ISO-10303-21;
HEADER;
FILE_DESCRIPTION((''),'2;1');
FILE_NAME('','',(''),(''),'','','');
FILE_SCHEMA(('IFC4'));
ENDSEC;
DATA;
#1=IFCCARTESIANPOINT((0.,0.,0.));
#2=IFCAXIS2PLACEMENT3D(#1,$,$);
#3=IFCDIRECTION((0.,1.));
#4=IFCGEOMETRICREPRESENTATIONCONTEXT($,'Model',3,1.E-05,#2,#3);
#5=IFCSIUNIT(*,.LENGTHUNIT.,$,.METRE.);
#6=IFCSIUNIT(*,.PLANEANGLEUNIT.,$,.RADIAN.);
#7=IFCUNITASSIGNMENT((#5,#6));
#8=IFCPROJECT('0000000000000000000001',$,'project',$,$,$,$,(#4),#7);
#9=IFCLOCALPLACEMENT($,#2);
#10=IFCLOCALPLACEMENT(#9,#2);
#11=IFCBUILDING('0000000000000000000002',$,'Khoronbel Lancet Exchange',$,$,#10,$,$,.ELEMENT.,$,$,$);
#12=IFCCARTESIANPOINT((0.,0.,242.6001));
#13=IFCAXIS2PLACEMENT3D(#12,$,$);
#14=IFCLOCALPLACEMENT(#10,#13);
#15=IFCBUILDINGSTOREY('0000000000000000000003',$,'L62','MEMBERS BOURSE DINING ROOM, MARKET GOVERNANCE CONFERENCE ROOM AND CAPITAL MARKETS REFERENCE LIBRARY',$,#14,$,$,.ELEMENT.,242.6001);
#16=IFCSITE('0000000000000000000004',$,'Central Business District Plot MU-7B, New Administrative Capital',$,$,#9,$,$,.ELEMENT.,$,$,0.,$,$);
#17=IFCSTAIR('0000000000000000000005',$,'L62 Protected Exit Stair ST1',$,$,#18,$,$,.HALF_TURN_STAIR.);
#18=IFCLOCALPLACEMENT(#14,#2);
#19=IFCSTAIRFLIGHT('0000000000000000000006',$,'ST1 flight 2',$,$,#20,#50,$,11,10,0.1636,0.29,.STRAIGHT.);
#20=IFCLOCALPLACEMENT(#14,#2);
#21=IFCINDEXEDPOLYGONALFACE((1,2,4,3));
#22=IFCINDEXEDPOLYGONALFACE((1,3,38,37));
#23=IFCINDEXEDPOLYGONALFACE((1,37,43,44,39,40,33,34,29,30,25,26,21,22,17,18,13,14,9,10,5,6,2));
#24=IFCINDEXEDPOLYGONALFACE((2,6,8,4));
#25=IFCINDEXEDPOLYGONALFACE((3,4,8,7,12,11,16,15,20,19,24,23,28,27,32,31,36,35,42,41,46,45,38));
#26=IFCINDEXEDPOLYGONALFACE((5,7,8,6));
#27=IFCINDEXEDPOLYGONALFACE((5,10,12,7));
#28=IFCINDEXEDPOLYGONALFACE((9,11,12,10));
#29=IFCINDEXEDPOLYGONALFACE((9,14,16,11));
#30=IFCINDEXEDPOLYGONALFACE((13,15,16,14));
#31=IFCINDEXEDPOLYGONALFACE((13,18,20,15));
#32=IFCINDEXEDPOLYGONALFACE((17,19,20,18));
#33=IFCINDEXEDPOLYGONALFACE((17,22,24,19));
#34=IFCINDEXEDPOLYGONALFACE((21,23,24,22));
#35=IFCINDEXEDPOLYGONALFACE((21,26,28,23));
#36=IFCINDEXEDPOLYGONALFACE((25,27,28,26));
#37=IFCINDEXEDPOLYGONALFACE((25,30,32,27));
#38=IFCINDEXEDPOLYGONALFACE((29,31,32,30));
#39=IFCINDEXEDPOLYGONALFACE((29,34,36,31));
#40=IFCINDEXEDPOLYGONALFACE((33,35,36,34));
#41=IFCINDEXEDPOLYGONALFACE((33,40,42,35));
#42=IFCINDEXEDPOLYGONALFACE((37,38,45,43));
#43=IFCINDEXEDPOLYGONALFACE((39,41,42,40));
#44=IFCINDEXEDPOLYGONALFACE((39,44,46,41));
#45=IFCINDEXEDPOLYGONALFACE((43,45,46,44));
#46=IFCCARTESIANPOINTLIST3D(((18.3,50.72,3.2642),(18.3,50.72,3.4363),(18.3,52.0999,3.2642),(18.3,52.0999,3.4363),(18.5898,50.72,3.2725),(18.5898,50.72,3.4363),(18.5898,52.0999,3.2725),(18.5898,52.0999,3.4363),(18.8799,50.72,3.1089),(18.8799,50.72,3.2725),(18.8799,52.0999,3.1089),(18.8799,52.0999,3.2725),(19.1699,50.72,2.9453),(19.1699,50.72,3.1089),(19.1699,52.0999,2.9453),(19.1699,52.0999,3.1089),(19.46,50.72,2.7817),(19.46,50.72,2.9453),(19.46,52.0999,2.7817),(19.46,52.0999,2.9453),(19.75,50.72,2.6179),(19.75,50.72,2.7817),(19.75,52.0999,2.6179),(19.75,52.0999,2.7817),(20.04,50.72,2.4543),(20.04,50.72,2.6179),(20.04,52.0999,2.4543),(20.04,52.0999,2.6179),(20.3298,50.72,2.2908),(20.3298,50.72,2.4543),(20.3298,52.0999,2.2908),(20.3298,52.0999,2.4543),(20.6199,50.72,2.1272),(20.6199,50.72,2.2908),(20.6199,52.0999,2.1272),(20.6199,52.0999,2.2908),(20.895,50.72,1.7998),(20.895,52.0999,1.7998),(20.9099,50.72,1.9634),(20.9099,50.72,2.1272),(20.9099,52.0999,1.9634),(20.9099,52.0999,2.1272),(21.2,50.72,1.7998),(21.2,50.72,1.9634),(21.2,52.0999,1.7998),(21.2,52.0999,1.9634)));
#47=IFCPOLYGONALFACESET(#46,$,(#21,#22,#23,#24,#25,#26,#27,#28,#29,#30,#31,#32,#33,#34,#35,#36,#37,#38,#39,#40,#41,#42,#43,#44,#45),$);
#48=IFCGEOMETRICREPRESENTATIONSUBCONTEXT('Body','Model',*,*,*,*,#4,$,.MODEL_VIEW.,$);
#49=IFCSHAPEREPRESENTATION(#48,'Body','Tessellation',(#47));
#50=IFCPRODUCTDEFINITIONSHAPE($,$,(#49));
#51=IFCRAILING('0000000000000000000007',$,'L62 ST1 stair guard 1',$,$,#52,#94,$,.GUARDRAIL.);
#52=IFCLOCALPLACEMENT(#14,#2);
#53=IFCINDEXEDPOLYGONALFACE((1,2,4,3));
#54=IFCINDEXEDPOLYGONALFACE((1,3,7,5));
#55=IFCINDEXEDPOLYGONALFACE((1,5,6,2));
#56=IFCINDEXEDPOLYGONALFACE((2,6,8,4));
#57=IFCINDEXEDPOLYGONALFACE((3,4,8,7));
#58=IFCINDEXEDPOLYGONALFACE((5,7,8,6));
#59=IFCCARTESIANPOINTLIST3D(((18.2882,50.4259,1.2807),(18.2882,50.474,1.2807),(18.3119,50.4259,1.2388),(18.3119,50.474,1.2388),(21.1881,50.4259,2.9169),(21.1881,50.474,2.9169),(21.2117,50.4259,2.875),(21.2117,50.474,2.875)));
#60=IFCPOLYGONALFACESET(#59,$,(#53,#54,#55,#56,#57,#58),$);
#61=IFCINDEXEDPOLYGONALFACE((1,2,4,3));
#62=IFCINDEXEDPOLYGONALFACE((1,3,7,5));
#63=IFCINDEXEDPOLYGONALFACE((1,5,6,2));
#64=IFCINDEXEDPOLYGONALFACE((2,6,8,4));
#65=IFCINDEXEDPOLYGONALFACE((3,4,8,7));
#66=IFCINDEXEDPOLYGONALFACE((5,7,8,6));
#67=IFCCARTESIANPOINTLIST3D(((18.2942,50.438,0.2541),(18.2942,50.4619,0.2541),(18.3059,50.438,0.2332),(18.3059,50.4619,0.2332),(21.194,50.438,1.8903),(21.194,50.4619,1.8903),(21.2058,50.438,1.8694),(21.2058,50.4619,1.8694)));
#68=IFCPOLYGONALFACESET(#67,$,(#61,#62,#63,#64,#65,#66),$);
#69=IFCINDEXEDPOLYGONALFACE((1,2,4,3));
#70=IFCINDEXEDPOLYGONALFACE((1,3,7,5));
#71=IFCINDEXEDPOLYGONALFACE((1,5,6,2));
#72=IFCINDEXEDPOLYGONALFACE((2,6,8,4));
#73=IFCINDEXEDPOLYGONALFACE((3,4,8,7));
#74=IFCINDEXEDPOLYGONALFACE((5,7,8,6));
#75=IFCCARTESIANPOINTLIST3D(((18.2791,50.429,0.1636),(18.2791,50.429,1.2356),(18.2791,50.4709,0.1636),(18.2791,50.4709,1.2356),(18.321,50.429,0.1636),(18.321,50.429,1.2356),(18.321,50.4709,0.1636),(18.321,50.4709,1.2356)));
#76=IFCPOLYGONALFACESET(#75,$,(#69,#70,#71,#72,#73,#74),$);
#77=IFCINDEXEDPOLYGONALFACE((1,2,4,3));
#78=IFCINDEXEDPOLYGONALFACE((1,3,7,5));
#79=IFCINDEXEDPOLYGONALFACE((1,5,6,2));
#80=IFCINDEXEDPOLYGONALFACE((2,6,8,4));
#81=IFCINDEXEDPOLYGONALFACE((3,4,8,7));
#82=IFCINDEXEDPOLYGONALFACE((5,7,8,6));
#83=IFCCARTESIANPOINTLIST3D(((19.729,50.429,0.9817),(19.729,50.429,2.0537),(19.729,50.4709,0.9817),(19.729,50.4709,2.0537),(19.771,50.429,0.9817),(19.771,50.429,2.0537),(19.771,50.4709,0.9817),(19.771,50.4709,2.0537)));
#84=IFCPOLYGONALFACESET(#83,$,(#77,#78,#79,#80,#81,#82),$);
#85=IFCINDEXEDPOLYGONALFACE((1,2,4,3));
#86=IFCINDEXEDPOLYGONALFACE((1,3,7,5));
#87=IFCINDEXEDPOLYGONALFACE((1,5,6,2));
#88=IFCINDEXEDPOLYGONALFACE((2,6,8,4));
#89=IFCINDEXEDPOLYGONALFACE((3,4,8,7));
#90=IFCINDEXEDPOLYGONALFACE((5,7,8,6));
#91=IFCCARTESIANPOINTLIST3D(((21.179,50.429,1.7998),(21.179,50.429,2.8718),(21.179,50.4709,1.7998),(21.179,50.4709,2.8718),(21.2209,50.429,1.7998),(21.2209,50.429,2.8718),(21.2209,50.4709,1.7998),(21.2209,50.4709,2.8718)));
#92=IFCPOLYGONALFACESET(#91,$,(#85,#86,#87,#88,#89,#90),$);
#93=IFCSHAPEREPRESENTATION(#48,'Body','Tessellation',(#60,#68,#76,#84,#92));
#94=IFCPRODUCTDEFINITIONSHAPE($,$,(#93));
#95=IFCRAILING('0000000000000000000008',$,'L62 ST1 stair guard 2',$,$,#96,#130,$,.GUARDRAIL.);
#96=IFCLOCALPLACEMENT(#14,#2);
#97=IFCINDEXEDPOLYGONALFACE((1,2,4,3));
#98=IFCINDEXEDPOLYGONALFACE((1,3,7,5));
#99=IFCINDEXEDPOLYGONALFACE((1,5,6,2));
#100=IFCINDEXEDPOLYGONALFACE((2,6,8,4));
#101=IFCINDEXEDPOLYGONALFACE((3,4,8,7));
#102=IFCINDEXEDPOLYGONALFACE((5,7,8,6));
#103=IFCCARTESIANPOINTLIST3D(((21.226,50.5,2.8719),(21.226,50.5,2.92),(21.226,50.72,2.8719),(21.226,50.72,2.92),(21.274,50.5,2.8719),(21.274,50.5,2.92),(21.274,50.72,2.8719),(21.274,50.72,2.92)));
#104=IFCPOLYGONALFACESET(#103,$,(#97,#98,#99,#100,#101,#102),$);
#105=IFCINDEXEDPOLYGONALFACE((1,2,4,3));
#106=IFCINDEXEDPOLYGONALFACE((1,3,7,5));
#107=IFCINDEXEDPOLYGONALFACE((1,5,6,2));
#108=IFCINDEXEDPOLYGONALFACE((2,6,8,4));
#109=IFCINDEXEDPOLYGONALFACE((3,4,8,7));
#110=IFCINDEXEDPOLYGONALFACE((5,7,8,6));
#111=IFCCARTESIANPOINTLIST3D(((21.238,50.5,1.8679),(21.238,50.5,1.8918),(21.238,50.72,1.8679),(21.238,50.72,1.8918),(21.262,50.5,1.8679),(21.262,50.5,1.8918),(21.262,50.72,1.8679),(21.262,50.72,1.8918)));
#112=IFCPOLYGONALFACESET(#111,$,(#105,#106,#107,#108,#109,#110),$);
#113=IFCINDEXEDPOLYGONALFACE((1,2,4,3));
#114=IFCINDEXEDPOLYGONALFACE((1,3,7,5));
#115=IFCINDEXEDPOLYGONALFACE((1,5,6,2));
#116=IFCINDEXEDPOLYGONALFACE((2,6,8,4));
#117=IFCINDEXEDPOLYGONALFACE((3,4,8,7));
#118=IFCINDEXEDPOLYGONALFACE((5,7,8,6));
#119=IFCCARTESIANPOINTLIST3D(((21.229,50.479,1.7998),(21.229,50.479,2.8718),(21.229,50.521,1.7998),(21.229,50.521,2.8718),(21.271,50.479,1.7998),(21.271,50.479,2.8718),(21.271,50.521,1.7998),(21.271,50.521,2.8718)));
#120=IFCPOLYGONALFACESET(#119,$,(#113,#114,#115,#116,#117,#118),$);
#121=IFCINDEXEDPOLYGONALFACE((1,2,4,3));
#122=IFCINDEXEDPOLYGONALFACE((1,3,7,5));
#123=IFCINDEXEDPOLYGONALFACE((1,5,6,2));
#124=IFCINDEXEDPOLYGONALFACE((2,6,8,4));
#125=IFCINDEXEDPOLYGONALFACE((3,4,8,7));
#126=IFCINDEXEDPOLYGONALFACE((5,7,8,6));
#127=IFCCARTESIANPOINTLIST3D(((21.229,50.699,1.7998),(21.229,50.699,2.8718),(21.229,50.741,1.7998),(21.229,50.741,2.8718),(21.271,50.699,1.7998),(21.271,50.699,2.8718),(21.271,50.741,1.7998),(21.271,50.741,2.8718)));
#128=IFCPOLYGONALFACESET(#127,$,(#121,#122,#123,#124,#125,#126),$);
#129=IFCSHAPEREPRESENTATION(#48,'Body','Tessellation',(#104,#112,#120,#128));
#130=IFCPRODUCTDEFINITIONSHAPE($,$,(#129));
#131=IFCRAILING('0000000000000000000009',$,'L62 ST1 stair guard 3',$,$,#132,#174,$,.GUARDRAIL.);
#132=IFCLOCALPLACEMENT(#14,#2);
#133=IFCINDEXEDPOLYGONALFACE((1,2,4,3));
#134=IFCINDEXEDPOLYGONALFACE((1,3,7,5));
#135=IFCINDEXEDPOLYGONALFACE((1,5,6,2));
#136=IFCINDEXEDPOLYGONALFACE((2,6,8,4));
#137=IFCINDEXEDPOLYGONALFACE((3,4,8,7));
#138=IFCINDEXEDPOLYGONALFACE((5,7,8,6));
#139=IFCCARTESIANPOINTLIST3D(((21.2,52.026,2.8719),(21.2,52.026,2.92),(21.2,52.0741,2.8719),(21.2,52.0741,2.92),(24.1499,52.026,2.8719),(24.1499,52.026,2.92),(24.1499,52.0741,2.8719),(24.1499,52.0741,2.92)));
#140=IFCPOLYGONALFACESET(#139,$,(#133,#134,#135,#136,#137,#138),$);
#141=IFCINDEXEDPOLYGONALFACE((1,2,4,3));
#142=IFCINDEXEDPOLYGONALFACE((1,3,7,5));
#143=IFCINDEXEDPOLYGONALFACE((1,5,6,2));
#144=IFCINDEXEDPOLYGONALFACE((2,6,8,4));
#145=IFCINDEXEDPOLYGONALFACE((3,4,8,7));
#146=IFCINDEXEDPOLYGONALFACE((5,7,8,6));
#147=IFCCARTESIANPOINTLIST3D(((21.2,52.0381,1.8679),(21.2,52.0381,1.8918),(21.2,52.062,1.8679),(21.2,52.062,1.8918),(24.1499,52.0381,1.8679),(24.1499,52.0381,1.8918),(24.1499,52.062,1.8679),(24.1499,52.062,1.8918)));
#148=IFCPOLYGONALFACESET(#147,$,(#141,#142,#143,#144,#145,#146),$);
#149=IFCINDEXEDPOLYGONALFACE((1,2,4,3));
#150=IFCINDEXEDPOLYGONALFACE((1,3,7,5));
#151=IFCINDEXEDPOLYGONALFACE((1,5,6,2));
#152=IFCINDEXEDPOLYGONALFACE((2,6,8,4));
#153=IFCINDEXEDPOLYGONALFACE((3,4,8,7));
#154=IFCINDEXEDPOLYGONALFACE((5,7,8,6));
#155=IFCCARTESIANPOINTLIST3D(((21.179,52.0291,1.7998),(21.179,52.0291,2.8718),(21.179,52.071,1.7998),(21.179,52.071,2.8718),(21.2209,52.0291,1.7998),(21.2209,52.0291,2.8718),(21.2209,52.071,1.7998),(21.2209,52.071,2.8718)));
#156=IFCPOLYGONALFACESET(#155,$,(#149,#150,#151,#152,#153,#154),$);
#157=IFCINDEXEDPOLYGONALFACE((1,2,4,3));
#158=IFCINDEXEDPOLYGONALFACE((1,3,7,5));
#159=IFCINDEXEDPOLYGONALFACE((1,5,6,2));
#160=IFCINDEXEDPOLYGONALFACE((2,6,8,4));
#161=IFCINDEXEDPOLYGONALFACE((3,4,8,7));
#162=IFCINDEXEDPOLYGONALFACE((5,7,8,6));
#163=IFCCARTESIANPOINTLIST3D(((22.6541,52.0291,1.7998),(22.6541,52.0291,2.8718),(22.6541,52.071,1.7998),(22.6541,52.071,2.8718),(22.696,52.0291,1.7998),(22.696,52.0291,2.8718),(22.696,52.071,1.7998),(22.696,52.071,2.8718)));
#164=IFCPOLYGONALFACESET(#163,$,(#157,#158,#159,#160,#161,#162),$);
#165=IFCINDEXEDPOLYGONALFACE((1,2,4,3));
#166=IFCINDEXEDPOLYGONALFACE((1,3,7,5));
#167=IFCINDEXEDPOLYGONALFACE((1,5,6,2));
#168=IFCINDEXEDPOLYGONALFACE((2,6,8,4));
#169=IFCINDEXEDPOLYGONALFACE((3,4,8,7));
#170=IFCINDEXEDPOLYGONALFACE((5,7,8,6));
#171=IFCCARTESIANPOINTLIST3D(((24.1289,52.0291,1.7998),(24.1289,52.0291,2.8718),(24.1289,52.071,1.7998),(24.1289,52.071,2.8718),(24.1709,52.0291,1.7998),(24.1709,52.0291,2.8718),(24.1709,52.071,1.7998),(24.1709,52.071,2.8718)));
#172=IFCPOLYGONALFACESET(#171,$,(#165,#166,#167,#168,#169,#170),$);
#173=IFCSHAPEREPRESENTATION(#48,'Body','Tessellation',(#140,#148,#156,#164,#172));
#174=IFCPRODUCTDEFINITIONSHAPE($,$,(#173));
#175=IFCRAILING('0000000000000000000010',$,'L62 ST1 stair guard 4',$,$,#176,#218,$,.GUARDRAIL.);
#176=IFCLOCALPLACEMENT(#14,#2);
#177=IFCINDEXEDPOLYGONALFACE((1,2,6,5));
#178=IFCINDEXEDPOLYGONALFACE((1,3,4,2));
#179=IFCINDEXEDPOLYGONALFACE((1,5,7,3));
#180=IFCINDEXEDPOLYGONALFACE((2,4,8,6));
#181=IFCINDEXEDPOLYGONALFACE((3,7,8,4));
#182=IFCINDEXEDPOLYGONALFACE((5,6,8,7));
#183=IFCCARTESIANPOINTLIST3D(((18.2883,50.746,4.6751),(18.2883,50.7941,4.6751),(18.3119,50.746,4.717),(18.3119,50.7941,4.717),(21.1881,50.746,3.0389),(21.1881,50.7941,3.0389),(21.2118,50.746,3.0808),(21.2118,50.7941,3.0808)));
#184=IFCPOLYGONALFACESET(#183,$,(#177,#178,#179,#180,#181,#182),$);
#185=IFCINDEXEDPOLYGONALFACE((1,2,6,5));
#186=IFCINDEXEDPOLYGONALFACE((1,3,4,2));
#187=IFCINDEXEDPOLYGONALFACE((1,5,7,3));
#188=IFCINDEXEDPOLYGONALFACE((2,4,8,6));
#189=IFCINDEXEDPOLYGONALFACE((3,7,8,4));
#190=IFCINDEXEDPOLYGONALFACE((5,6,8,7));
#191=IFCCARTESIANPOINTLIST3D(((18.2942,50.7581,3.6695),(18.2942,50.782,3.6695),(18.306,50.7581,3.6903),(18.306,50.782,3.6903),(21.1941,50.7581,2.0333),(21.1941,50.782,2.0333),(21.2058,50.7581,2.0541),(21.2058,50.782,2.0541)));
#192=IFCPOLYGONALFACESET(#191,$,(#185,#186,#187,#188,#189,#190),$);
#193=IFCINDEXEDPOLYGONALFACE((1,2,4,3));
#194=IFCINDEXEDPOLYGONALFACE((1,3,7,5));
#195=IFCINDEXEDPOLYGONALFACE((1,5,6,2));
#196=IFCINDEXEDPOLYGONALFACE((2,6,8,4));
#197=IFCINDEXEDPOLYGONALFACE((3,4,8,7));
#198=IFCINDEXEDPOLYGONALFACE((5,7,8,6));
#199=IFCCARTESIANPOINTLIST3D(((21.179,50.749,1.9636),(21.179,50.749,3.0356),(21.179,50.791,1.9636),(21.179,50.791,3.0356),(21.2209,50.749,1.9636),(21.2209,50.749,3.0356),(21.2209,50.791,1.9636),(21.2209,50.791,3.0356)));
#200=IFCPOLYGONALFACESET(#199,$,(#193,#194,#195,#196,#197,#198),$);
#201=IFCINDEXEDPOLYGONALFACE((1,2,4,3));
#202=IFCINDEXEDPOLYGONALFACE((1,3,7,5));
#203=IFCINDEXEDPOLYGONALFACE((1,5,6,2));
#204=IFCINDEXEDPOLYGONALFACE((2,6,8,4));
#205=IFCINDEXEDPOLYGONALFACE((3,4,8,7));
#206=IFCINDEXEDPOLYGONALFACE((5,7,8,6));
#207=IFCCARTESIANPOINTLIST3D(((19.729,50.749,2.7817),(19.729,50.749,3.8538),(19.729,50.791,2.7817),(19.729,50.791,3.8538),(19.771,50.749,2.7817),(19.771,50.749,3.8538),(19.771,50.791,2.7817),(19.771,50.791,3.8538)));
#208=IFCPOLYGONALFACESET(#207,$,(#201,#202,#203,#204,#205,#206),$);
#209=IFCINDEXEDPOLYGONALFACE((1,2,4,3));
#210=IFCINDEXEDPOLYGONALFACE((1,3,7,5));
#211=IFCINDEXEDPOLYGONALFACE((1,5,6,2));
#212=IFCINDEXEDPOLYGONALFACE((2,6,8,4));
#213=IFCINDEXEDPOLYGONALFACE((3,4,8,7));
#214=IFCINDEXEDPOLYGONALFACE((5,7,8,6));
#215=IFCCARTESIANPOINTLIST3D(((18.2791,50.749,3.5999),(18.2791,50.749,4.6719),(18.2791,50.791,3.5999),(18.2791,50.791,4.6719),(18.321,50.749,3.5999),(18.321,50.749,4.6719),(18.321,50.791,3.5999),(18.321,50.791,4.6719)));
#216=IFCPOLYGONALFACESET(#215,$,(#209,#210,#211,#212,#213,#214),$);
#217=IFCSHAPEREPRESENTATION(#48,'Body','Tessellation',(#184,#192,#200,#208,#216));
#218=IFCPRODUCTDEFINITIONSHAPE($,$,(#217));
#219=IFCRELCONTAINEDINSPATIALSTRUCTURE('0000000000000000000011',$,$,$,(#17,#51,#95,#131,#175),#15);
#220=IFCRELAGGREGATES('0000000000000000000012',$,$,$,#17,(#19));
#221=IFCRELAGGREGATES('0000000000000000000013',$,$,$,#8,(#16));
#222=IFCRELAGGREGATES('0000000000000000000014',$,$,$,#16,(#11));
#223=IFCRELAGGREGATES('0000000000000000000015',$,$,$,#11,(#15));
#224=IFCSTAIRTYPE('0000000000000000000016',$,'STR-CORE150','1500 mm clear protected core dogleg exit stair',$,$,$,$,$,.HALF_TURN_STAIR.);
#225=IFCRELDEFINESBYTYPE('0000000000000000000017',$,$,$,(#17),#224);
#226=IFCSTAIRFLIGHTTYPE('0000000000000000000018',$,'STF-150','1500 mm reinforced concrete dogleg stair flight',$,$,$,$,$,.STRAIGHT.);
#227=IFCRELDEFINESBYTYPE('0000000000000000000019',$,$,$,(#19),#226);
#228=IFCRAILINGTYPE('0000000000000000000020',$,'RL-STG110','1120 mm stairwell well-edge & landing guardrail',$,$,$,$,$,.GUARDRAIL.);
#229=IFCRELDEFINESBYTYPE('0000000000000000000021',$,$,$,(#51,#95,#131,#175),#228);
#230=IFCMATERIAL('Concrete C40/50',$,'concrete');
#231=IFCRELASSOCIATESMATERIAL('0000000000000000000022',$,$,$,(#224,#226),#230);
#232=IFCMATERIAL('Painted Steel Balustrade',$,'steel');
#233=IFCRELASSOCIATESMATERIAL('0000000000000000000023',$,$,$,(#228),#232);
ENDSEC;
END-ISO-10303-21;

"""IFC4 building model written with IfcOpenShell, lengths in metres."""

from ifc_helpers import new_model, si_unit, direction, frame, origin, origin_2d, place, context, subcontext, project, spatial, polyline, rectangle, outline, extrude, material, type_object, element, aggregate, save


model = new_model("IFC4")

# Units and contexts
model_context = context("Model", 3, precision=1e-05, world=origin(), true_north=direction((0.0, 1.0)))
body_context = subcontext(model_context, "Body", "Model", "MODEL_VIEW")
ifc_project = project(units=[si_unit("LENGTHUNIT", "METRE"), si_unit("PLANEANGLEUNIT", "RADIAN")], contexts=[model_context])

# Site, building, storey
site_placement = place(None, origin())
site = spatial("IfcSite", under=ifc_project, at=site_placement, Name="Central Business District Plot MU-7B, New Administrative Capital", CompositionType="ELEMENT", RefElevation=0.0)
building_placement = place(site_placement, origin())
building = spatial("IfcBuilding", under=site, at=building_placement, Name="Khoronbel Lancet Exchange", CompositionType="ELEMENT")
storey_placement = place(building_placement, frame((0.0, 0.0, 242.6001)))
storey = spatial("IfcBuildingStorey", under=building, at=storey_placement, Name="L62", Description="MEMBERS BOURSE DINING ROOM, MARKET GOVERNANCE CONFERENCE ROOM AND CAPITAL MARKETS REFERENCE LIBRARY", CompositionType="ELEMENT", Elevation=242.6001)

# Stair, stair flight
ifc_material_1 = material(Name="Concrete C40/50", Category="concrete")
stair_type = type_object("IfcStairType", Name="STR-CORE150", Description="1500 mm clear protected core dogleg exit stair", PredefinedType="HALF_TURN_STAIR", material=ifc_material_1)
stair_placement = place(storey_placement, origin())
stair = element("IfcStair", 1, at=stair_placement, inside=storey, type_object=stair_type, Name="L62 Protected Exit Stair ST1", PredefinedType="HALF_TURN_STAIR")
stair_flight_type = type_object("IfcStairFlightType", Name="STF-150", Description="1500 mm reinforced concrete dogleg stair flight", PredefinedType="STRAIGHT", material=ifc_material_1)
stair_flight_1_placement = place(storey_placement, frame((21.2, 51.4099, 1.7998), z_axis=(0.0, 0.0, 1.0), x_axis=(-1.0, 0.0, 0.0)))
stair_flight_1 = element("IfcStairFlight", 2, at=stair_flight_1_placement, type_object=stair_flight_type, Name="ST1 flight 2", NumberOfRisers=11, NumberOfTreads=10, PredefinedType="STRAIGHT", RiserHeight=0.1636, TreadLength=0.29, context=body_context, shape_type="SweptSolid", body=[
    extrude(outline(polyline([(0.0, 0.0), (0.0, 0.1636), (0.29, 0.1636), (0.29, 0.3274), (0.5801, 0.3274), (0.5801, 0.491), (0.8701, 0.491), (0.8701, 0.6545), (1.1599, 0.6545), (1.1599, 0.8181), (1.45, 0.8181), (1.45, 0.9819), (1.74, 0.9819), (1.74, 1.1455), (2.03, 1.1455), (2.03, 1.3091), (2.3201, 1.3091), (2.3201, 1.4727), (2.6101, 1.4727), (2.6101, 1.6365), (2.8999, 1.6365), (2.8999, 1.8), (2.8999, 1.4644), (0.3049, 0.0), (0.0, 0.0)])), frame((0.0, 0.6899, 0.0), z_axis=(0.0, -1.0, 0.0), x_axis=(1.0, 0.0, 0.0)), (0.0, 0.0, 1.0), 1.3799),
])
aggregate(stair, [stair_flight_1])

# Railings
ifc_material_2 = material(Name="Painted Steel Balustrade", Category="steel")
railing_type_1 = type_object("IfcRailingType", Name="RL-STG110", Description="1120 mm stairwell well-edge & landing guardrail", PredefinedType="GUARDRAIL", material=ifc_material_2)
railing_1_placement = place(storey_placement, frame((18.3, 50.45, 0.1636)))
element("IfcRailing", 3, at=railing_1_placement, inside=storey, type_object=railing_type_1, Name="L62 ST1 stair guard 1", PredefinedType="GUARDRAIL", context=body_context, shape_type="SweptSolid", body=[
    extrude(rectangle(XDim=0.0481, YDim=0.0481, at=origin_2d()), frame((0.0, 0.0, 1.0962), z_axis=(0.870929, 0.0, 0.49141), x_axis=(0.0, 1.0, 0.0)), (0.0, 0.0, 1.0), 3.3296),
    extrude(rectangle(XDim=0.0239, YDim=0.0239, at=origin_2d()), frame((0.0, 0.0, 0.0801), z_axis=(0.870929, 0.0, 0.49141), x_axis=(0.0, 1.0, 0.0)), (0.0, 0.0, 1.0), 3.3296),
    extrude(rectangle(XDim=0.042, YDim=0.042, at=origin_2d()), origin(), (0.0, 0.0, 1.0), 1.072),
    extrude(rectangle(XDim=0.042, YDim=0.042, at=origin_2d()), frame((1.45, 0.0, 0.8181)), (0.0, 0.0, 1.0), 1.072),
    extrude(rectangle(XDim=0.042, YDim=0.042, at=origin_2d()), frame((2.8999, 0.0, 1.6362)), (0.0, 0.0, 1.0), 1.072),
])
railing_2_placement = place(storey_placement, frame((21.25, 50.5, 1.7998)))
element("IfcRailing", 4, at=railing_2_placement, inside=storey, type_object=railing_type_1, Name="L62 ST1 stair guard 2", PredefinedType="GUARDRAIL", context=body_context, shape_type="SweptSolid", body=[
    extrude(rectangle(XDim=0.0481, YDim=0.0481, at=origin_2d()), frame((0.0, 0.0, 1.0962), z_axis=(0.0, 1.0, 0.0), x_axis=(-1.0, 0.0, 0.0)), (0.0, 0.0, 1.0), 0.22),
    extrude(rectangle(XDim=0.0239, YDim=0.0239, at=origin_2d()), frame((0.0, 0.0, 0.0801), z_axis=(0.0, 1.0, 0.0), x_axis=(-1.0, 0.0, 0.0)), (0.0, 0.0, 1.0), 0.22),
    extrude(rectangle(XDim=0.042, YDim=0.042, at=origin_2d()), origin(), (0.0, 0.0, 1.0), 1.072),
    extrude(rectangle(XDim=0.042, YDim=0.042, at=origin_2d()), frame((0.0, 0.22, 0.0)), (0.0, 0.0, 1.0), 1.072),
])
railing_3_placement = place(storey_placement, frame((21.2, 52.05, 1.7998)))
element("IfcRailing", 5, at=railing_3_placement, inside=storey, type_object=railing_type_1, Name="L62 ST1 stair guard 3", PredefinedType="GUARDRAIL", context=body_context, shape_type="SweptSolid", body=[
    extrude(rectangle(XDim=0.0481, YDim=0.0481, at=origin_2d()), frame((0.0, 0.0, 1.0962), z_axis=(1.0, 0.0, 0.0), x_axis=(0.0, 1.0, 0.0)), (0.0, 0.0, 1.0), 2.95),
    extrude(rectangle(XDim=0.0239, YDim=0.0239, at=origin_2d()), frame((0.0, 0.0, 0.0801), z_axis=(1.0, 0.0, 0.0), x_axis=(0.0, 1.0, 0.0)), (0.0, 0.0, 1.0), 2.95),
    extrude(rectangle(XDim=0.042, YDim=0.042, at=origin_2d()), origin(), (0.0, 0.0, 1.0), 1.072),
    extrude(rectangle(XDim=0.042, YDim=0.042, at=origin_2d()), frame((1.4751, 0.0, 0.0)), (0.0, 0.0, 1.0), 1.072),
    extrude(rectangle(XDim=0.042, YDim=0.042, at=origin_2d()), frame((2.95, 0.0, 0.0)), (0.0, 0.0, 1.0), 1.072),
])
railing_4_placement = place(storey_placement, frame((21.2, 50.77, 1.9636)))
element("IfcRailing", 6, at=railing_4_placement, inside=storey, type_object=railing_type_1, Name="L62 ST1 stair guard 4", PredefinedType="GUARDRAIL", context=body_context, shape_type="SweptSolid", body=[
    extrude(rectangle(XDim=0.0481, YDim=0.0481, at=origin_2d()), frame((0.0, 0.0, 1.0962), z_axis=(-0.870929, 0.0, 0.49141), x_axis=(0.0, -1.0, 0.0)), (0.0, 0.0, 1.0), 3.3296),
    extrude(rectangle(XDim=0.0239, YDim=0.0239, at=origin_2d()), frame((0.0, 0.0, 0.0801), z_axis=(-0.870929, 0.0, 0.49141), x_axis=(0.0, -1.0, 0.0)), (0.0, 0.0, 1.0), 3.3296),
    extrude(rectangle(XDim=0.042, YDim=0.042, at=origin_2d()), origin(), (0.0, 0.0, 1.0), 1.072),
    extrude(rectangle(XDim=0.042, YDim=0.042, at=origin_2d()), frame((-1.45, 0.0, 0.8181)), (0.0, 0.0, 1.0), 1.072),
    extrude(rectangle(XDim=0.042, YDim=0.042, at=origin_2d()), frame((-2.8999, 0.0, 1.6362)), (0.0, 0.0, 1.0), 1.072),
])

save(model, "model.ifc")
